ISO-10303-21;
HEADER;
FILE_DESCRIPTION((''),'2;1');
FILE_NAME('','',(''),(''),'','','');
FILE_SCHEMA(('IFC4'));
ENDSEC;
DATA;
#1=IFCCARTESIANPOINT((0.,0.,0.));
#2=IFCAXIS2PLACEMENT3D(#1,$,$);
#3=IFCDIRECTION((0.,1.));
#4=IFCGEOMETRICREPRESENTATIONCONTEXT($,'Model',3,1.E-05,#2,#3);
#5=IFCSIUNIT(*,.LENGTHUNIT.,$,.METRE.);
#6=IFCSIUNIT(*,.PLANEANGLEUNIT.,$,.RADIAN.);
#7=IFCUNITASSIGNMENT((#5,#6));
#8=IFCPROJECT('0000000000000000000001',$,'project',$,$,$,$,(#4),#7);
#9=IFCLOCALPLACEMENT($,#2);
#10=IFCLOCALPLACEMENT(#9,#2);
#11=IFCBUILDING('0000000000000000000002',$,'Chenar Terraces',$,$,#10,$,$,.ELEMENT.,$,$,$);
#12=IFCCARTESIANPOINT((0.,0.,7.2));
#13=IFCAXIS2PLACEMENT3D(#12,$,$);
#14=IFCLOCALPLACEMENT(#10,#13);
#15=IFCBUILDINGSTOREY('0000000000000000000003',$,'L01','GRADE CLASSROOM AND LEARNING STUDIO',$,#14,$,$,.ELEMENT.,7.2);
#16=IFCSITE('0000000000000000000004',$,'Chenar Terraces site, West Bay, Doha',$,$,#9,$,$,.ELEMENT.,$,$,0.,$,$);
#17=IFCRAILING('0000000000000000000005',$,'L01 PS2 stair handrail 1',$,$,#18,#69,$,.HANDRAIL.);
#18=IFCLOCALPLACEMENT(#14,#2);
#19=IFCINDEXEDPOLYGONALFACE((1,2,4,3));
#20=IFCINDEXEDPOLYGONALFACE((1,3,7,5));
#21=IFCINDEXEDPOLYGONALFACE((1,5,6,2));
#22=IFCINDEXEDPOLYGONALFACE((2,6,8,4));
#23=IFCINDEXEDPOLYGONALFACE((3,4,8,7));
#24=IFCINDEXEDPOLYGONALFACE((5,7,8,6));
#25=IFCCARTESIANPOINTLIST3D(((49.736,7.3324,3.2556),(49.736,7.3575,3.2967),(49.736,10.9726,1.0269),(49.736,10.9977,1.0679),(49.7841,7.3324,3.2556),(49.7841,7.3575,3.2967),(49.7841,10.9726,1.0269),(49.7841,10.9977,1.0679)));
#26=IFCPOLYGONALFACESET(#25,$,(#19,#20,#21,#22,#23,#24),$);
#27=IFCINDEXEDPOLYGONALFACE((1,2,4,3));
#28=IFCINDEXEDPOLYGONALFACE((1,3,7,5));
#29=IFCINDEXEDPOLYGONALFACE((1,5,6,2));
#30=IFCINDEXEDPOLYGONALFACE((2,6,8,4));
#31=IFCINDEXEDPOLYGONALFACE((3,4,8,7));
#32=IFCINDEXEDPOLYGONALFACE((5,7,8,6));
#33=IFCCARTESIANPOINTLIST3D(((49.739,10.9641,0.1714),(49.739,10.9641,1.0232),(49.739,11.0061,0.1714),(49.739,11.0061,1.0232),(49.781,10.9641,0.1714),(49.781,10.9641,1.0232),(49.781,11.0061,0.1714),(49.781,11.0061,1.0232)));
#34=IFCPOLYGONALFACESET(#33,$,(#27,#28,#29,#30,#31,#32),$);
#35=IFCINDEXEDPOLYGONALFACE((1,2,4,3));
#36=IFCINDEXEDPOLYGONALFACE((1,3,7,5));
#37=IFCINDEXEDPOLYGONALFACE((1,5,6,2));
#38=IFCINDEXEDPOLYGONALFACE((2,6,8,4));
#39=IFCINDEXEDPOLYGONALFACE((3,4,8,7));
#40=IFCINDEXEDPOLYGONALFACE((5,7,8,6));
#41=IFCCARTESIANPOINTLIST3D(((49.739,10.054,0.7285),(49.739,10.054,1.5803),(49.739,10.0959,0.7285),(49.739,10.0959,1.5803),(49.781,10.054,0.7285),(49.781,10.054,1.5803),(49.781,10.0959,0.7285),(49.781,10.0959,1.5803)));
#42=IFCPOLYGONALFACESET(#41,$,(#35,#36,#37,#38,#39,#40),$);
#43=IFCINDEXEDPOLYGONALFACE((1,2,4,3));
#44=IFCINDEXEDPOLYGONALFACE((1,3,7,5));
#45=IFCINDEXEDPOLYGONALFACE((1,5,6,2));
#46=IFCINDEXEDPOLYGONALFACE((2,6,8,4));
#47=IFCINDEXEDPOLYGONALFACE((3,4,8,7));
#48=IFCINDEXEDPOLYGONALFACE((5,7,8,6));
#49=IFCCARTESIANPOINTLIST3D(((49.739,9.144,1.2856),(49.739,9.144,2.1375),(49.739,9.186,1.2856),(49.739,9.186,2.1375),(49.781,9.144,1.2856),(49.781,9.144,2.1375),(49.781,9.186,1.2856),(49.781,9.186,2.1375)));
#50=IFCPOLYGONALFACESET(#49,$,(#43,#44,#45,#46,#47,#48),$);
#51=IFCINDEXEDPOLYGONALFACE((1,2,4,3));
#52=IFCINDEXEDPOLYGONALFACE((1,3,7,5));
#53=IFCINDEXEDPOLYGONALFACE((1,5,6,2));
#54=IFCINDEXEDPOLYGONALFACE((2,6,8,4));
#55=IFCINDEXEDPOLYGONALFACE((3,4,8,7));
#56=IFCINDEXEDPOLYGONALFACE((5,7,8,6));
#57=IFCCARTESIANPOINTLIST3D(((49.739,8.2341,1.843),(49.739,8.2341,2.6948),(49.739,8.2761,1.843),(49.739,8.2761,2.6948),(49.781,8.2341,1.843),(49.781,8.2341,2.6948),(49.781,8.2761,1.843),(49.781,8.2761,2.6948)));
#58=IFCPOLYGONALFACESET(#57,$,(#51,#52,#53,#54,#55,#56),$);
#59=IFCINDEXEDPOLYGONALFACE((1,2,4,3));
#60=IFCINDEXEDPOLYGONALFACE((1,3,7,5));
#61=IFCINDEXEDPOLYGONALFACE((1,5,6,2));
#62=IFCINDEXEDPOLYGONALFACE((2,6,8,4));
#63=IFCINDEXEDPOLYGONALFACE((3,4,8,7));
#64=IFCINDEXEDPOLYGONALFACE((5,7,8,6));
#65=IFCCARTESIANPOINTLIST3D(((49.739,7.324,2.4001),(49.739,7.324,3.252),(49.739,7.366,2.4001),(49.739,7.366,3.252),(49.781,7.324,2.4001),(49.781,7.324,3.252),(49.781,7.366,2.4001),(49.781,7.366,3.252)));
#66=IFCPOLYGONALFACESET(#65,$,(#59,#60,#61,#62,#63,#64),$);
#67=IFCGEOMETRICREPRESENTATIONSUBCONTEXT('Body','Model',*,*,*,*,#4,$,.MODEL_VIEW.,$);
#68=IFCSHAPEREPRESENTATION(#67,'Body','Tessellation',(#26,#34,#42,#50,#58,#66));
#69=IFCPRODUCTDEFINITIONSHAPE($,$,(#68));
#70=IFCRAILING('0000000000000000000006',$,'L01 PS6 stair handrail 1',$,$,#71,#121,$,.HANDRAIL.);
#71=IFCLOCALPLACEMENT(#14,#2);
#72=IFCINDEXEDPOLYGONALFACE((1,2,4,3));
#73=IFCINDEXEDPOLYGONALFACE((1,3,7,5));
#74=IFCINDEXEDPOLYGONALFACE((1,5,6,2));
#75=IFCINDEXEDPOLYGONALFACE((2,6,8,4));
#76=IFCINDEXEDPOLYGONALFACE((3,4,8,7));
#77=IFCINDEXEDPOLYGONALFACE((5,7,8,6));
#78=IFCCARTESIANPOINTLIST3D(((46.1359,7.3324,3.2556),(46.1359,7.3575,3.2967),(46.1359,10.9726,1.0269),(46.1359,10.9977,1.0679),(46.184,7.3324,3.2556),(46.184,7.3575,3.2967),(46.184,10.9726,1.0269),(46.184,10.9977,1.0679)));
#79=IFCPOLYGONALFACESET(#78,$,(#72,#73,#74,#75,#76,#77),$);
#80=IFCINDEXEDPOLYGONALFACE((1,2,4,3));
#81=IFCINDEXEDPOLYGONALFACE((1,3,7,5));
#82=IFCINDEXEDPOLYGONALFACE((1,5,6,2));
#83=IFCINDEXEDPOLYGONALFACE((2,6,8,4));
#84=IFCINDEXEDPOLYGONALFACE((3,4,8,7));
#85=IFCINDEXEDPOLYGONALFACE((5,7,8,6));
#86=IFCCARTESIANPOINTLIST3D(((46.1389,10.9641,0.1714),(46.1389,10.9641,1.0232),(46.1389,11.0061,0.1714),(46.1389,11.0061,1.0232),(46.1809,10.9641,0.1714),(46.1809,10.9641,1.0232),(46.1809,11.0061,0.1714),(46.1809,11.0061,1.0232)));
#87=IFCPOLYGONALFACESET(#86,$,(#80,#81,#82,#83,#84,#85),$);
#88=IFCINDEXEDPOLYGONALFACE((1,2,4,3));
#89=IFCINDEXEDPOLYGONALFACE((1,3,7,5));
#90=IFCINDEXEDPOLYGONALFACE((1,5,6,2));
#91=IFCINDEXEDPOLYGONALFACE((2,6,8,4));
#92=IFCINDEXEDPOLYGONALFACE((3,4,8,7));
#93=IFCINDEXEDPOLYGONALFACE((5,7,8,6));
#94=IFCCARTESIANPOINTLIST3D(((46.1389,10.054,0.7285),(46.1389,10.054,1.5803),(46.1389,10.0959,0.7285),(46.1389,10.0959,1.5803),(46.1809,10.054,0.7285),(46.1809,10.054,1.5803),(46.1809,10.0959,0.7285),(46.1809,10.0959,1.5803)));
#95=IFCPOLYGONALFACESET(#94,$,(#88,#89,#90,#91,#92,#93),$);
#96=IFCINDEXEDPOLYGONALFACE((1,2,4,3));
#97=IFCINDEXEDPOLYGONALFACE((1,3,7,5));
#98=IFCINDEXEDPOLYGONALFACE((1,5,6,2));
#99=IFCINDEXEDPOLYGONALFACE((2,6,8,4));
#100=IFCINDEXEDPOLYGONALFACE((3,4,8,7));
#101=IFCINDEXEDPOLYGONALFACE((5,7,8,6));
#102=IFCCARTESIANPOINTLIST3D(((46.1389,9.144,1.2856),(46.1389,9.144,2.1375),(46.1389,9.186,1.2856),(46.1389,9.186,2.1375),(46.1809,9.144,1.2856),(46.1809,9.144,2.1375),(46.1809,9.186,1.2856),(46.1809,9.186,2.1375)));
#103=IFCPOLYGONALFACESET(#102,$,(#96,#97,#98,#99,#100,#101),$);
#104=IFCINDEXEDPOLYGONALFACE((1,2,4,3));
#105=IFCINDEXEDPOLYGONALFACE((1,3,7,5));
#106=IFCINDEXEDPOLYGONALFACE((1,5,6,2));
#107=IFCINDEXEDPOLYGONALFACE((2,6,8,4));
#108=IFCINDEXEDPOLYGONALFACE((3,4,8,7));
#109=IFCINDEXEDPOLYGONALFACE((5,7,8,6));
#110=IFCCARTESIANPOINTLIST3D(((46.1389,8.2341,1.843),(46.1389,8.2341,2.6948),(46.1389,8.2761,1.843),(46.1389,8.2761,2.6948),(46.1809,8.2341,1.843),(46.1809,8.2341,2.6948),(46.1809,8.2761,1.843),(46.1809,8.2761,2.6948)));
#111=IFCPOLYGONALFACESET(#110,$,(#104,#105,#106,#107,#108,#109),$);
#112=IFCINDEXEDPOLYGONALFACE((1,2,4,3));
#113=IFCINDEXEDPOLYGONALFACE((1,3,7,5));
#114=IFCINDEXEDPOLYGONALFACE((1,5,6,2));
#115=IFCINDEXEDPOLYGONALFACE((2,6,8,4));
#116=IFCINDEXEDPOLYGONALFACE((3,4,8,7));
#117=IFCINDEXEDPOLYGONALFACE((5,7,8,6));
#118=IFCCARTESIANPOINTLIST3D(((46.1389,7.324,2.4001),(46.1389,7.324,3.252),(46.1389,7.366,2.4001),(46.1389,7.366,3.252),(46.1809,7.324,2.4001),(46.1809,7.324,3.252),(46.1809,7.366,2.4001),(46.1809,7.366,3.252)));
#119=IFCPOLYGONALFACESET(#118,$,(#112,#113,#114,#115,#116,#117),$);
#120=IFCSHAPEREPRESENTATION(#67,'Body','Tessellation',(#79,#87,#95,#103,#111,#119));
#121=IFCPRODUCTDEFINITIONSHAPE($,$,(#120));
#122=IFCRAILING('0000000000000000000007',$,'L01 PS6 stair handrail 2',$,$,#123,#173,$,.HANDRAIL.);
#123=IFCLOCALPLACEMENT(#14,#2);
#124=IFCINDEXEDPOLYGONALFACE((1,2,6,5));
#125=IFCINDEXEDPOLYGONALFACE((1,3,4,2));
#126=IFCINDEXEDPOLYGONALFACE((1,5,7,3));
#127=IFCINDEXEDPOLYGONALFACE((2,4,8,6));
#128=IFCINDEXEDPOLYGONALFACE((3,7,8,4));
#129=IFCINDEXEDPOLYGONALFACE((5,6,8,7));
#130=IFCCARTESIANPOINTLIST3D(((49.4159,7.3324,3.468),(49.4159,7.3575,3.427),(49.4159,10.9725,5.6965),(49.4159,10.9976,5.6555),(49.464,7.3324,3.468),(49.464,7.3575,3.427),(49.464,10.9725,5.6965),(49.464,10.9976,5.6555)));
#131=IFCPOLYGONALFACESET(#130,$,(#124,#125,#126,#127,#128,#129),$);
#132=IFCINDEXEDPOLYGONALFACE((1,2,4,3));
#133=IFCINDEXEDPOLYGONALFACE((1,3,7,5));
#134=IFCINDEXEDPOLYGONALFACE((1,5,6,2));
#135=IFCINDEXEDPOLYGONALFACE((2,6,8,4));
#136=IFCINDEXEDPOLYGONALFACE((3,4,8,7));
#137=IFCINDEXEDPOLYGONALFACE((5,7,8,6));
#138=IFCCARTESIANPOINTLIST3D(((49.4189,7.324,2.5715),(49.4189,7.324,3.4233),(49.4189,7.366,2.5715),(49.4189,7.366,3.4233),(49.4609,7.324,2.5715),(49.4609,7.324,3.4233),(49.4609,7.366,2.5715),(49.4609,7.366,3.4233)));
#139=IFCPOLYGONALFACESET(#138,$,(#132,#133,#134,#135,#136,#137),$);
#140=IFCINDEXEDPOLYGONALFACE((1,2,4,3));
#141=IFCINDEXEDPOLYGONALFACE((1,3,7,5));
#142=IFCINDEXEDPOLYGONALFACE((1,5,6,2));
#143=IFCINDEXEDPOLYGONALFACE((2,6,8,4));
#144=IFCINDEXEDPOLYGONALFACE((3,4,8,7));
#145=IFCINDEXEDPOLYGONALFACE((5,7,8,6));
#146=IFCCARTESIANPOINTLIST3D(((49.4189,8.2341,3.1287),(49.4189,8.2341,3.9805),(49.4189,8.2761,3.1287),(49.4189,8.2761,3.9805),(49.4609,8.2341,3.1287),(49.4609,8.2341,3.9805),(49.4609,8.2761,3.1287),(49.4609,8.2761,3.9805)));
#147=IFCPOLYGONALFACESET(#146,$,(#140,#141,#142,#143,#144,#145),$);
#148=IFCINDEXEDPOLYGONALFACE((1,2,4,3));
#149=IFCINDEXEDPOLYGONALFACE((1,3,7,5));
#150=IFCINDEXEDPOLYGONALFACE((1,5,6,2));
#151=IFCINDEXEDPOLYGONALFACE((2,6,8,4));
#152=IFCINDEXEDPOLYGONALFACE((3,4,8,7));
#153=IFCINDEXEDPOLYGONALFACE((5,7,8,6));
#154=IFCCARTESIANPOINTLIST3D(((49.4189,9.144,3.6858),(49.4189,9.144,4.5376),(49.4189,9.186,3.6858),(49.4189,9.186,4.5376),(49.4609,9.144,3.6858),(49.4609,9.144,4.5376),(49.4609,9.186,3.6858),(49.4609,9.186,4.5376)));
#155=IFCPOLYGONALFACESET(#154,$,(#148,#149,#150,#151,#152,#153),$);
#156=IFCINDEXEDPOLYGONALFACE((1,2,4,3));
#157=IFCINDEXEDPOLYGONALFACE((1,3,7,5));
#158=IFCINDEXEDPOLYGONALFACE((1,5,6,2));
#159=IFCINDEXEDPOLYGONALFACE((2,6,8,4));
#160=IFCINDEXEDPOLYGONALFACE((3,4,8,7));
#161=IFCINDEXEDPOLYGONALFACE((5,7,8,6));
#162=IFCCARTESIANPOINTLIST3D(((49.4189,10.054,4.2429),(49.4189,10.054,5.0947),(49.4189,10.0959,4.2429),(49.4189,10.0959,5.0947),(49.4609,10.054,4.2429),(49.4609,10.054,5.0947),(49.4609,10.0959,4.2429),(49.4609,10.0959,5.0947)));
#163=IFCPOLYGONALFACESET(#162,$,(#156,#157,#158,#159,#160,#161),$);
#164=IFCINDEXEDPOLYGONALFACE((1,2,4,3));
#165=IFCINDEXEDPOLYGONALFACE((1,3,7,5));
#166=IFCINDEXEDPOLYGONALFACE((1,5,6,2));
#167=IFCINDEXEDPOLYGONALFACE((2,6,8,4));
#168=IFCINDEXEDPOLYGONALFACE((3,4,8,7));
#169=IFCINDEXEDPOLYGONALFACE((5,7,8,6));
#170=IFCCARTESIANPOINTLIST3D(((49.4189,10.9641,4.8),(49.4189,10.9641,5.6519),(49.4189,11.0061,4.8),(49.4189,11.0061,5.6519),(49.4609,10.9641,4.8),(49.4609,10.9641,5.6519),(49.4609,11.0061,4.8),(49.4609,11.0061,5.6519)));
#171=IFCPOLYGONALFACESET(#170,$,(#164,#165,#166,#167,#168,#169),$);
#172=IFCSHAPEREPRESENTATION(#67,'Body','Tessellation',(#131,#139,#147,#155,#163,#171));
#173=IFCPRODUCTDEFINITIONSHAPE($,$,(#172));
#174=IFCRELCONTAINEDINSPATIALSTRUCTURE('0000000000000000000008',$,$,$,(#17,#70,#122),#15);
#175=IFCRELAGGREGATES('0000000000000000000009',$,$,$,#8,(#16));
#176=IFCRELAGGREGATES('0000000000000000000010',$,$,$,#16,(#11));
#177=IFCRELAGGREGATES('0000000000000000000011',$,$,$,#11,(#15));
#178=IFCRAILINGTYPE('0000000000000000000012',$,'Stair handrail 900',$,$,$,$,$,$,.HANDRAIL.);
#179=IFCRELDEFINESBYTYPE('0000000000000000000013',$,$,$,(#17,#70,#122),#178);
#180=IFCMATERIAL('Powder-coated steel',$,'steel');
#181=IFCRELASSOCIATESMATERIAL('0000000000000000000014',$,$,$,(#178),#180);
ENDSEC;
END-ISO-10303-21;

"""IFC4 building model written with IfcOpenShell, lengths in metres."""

from ifc_helpers import new_model, si_unit, direction, frame, origin, origin_2d, place, context, subcontext, project, spatial, rectangle, extrude, material, type_object, element, save


model = new_model("IFC4")

# Units and contexts
model_context = context("Model", 3, precision=1e-05, world=origin(), true_north=direction((0.0, 1.0)))
body_context = subcontext(model_context, "Body", "Model", "MODEL_VIEW")
ifc_project = project(units=[si_unit("LENGTHUNIT", "METRE"), si_unit("PLANEANGLEUNIT", "RADIAN")], contexts=[model_context])

# Site, building, storey
site_placement = place(None, origin())
site = spatial("IfcSite", under=ifc_project, at=site_placement, Name="Chenar Terraces site, West Bay, Doha", CompositionType="ELEMENT", RefElevation=0.0)
building_placement = place(site_placement, origin())
building = spatial("IfcBuilding", under=site, at=building_placement, Name="Chenar Terraces", CompositionType="ELEMENT")
storey_placement = place(building_placement, frame((0.0, 0.0, 7.2)))
storey = spatial("IfcBuildingStorey", under=building, at=storey_placement, Name="L01", Description="GRADE CLASSROOM AND LEARNING STUDIO", CompositionType="ELEMENT", Elevation=7.2)

# Railings
ifc_material_1 = material(Name="Powder-coated steel", Category="steel")
railing_type_1 = type_object("IfcRailingType", Name="Stair handrail 900", PredefinedType="HANDRAIL", material=ifc_material_1)
for number, where, name in (
    (1, (49.76, 10.9851, 0.1714), "L01 PS2 stair handrail 1"),
    (2, (46.1599, 10.9851, 0.1714), "L01 PS6 stair handrail 1"),
):
    element("IfcRailing", number, at=place(storey_placement, frame(where)), inside=storey, type_object=railing_type_1, Name=name, PredefinedType="HANDRAIL", context=body_context, shape_type="SweptSolid", body=[
        extrude(rectangle(XDim=0.0481, YDim=0.0481, at=origin_2d()), frame((0.0, 0.0, 0.876), z_axis=(0.0, -0.85284, 0.522172), x_axis=(1.0, 0.0, 0.0)), (0.0, 0.0, 1.0), 4.2683),
        extrude(rectangle(XDim=0.042, YDim=0.042, at=origin_2d()), origin(), (0.0, 0.0, 1.0), 0.8518),
        extrude(rectangle(XDim=0.042, YDim=0.042, at=origin_2d()), frame((0.0, -0.9102, 0.5571)), (0.0, 0.0, 1.0), 0.8518),
        extrude(rectangle(XDim=0.042, YDim=0.042, at=origin_2d()), frame((0.0, -1.8201, 1.1143)), (0.0, 0.0, 1.0), 0.8518),
        extrude(rectangle(XDim=0.042, YDim=0.042, at=origin_2d()), frame((0.0, -2.73, 1.6716)), (0.0, 0.0, 1.0), 0.8518),
        extrude(rectangle(XDim=0.042, YDim=0.042, at=origin_2d()), frame((0.0, -3.6401, 2.2288)), (0.0, 0.0, 1.0), 0.8518),
    ])
railing_1_placement = place(storey_placement, frame((49.4399, 7.345, 2.5715)))
element("IfcRailing", 3, at=railing_1_placement, inside=storey, type_object=railing_type_1, Name="L01 PS6 stair handrail 2", PredefinedType="HANDRAIL", context=body_context, shape_type="SweptSolid", body=[
    extrude(rectangle(XDim=0.0481, YDim=0.0481, at=origin_2d()), frame((0.0, 0.0, 0.876), z_axis=(0.0, 0.852866, 0.52213), x_axis=(-1.0, 0.0, 0.0)), (0.0, 0.0, 1.0), 4.2681),
    extrude(rectangle(XDim=0.042, YDim=0.042, at=origin_2d()), origin(), (0.0, 0.0, 1.0), 0.8518),
    extrude(rectangle(XDim=0.042, YDim=0.042, at=origin_2d()), frame((0.0, 0.9102, 0.5571)), (0.0, 0.0, 1.0), 0.8518),
    extrude(rectangle(XDim=0.042, YDim=0.042, at=origin_2d()), frame((0.0, 1.8201, 1.1143)), (0.0, 0.0, 1.0), 0.8518),
    extrude(rectangle(XDim=0.042, YDim=0.042, at=origin_2d()), frame((0.0, 2.73, 1.6714)), (0.0, 0.0, 1.0), 0.8518),
    extrude(rectangle(XDim=0.042, YDim=0.042, at=origin_2d()), frame((0.0, 3.6401, 2.2285)), (0.0, 0.0, 1.0), 0.8518),
])

save(model, "model.ifc")
